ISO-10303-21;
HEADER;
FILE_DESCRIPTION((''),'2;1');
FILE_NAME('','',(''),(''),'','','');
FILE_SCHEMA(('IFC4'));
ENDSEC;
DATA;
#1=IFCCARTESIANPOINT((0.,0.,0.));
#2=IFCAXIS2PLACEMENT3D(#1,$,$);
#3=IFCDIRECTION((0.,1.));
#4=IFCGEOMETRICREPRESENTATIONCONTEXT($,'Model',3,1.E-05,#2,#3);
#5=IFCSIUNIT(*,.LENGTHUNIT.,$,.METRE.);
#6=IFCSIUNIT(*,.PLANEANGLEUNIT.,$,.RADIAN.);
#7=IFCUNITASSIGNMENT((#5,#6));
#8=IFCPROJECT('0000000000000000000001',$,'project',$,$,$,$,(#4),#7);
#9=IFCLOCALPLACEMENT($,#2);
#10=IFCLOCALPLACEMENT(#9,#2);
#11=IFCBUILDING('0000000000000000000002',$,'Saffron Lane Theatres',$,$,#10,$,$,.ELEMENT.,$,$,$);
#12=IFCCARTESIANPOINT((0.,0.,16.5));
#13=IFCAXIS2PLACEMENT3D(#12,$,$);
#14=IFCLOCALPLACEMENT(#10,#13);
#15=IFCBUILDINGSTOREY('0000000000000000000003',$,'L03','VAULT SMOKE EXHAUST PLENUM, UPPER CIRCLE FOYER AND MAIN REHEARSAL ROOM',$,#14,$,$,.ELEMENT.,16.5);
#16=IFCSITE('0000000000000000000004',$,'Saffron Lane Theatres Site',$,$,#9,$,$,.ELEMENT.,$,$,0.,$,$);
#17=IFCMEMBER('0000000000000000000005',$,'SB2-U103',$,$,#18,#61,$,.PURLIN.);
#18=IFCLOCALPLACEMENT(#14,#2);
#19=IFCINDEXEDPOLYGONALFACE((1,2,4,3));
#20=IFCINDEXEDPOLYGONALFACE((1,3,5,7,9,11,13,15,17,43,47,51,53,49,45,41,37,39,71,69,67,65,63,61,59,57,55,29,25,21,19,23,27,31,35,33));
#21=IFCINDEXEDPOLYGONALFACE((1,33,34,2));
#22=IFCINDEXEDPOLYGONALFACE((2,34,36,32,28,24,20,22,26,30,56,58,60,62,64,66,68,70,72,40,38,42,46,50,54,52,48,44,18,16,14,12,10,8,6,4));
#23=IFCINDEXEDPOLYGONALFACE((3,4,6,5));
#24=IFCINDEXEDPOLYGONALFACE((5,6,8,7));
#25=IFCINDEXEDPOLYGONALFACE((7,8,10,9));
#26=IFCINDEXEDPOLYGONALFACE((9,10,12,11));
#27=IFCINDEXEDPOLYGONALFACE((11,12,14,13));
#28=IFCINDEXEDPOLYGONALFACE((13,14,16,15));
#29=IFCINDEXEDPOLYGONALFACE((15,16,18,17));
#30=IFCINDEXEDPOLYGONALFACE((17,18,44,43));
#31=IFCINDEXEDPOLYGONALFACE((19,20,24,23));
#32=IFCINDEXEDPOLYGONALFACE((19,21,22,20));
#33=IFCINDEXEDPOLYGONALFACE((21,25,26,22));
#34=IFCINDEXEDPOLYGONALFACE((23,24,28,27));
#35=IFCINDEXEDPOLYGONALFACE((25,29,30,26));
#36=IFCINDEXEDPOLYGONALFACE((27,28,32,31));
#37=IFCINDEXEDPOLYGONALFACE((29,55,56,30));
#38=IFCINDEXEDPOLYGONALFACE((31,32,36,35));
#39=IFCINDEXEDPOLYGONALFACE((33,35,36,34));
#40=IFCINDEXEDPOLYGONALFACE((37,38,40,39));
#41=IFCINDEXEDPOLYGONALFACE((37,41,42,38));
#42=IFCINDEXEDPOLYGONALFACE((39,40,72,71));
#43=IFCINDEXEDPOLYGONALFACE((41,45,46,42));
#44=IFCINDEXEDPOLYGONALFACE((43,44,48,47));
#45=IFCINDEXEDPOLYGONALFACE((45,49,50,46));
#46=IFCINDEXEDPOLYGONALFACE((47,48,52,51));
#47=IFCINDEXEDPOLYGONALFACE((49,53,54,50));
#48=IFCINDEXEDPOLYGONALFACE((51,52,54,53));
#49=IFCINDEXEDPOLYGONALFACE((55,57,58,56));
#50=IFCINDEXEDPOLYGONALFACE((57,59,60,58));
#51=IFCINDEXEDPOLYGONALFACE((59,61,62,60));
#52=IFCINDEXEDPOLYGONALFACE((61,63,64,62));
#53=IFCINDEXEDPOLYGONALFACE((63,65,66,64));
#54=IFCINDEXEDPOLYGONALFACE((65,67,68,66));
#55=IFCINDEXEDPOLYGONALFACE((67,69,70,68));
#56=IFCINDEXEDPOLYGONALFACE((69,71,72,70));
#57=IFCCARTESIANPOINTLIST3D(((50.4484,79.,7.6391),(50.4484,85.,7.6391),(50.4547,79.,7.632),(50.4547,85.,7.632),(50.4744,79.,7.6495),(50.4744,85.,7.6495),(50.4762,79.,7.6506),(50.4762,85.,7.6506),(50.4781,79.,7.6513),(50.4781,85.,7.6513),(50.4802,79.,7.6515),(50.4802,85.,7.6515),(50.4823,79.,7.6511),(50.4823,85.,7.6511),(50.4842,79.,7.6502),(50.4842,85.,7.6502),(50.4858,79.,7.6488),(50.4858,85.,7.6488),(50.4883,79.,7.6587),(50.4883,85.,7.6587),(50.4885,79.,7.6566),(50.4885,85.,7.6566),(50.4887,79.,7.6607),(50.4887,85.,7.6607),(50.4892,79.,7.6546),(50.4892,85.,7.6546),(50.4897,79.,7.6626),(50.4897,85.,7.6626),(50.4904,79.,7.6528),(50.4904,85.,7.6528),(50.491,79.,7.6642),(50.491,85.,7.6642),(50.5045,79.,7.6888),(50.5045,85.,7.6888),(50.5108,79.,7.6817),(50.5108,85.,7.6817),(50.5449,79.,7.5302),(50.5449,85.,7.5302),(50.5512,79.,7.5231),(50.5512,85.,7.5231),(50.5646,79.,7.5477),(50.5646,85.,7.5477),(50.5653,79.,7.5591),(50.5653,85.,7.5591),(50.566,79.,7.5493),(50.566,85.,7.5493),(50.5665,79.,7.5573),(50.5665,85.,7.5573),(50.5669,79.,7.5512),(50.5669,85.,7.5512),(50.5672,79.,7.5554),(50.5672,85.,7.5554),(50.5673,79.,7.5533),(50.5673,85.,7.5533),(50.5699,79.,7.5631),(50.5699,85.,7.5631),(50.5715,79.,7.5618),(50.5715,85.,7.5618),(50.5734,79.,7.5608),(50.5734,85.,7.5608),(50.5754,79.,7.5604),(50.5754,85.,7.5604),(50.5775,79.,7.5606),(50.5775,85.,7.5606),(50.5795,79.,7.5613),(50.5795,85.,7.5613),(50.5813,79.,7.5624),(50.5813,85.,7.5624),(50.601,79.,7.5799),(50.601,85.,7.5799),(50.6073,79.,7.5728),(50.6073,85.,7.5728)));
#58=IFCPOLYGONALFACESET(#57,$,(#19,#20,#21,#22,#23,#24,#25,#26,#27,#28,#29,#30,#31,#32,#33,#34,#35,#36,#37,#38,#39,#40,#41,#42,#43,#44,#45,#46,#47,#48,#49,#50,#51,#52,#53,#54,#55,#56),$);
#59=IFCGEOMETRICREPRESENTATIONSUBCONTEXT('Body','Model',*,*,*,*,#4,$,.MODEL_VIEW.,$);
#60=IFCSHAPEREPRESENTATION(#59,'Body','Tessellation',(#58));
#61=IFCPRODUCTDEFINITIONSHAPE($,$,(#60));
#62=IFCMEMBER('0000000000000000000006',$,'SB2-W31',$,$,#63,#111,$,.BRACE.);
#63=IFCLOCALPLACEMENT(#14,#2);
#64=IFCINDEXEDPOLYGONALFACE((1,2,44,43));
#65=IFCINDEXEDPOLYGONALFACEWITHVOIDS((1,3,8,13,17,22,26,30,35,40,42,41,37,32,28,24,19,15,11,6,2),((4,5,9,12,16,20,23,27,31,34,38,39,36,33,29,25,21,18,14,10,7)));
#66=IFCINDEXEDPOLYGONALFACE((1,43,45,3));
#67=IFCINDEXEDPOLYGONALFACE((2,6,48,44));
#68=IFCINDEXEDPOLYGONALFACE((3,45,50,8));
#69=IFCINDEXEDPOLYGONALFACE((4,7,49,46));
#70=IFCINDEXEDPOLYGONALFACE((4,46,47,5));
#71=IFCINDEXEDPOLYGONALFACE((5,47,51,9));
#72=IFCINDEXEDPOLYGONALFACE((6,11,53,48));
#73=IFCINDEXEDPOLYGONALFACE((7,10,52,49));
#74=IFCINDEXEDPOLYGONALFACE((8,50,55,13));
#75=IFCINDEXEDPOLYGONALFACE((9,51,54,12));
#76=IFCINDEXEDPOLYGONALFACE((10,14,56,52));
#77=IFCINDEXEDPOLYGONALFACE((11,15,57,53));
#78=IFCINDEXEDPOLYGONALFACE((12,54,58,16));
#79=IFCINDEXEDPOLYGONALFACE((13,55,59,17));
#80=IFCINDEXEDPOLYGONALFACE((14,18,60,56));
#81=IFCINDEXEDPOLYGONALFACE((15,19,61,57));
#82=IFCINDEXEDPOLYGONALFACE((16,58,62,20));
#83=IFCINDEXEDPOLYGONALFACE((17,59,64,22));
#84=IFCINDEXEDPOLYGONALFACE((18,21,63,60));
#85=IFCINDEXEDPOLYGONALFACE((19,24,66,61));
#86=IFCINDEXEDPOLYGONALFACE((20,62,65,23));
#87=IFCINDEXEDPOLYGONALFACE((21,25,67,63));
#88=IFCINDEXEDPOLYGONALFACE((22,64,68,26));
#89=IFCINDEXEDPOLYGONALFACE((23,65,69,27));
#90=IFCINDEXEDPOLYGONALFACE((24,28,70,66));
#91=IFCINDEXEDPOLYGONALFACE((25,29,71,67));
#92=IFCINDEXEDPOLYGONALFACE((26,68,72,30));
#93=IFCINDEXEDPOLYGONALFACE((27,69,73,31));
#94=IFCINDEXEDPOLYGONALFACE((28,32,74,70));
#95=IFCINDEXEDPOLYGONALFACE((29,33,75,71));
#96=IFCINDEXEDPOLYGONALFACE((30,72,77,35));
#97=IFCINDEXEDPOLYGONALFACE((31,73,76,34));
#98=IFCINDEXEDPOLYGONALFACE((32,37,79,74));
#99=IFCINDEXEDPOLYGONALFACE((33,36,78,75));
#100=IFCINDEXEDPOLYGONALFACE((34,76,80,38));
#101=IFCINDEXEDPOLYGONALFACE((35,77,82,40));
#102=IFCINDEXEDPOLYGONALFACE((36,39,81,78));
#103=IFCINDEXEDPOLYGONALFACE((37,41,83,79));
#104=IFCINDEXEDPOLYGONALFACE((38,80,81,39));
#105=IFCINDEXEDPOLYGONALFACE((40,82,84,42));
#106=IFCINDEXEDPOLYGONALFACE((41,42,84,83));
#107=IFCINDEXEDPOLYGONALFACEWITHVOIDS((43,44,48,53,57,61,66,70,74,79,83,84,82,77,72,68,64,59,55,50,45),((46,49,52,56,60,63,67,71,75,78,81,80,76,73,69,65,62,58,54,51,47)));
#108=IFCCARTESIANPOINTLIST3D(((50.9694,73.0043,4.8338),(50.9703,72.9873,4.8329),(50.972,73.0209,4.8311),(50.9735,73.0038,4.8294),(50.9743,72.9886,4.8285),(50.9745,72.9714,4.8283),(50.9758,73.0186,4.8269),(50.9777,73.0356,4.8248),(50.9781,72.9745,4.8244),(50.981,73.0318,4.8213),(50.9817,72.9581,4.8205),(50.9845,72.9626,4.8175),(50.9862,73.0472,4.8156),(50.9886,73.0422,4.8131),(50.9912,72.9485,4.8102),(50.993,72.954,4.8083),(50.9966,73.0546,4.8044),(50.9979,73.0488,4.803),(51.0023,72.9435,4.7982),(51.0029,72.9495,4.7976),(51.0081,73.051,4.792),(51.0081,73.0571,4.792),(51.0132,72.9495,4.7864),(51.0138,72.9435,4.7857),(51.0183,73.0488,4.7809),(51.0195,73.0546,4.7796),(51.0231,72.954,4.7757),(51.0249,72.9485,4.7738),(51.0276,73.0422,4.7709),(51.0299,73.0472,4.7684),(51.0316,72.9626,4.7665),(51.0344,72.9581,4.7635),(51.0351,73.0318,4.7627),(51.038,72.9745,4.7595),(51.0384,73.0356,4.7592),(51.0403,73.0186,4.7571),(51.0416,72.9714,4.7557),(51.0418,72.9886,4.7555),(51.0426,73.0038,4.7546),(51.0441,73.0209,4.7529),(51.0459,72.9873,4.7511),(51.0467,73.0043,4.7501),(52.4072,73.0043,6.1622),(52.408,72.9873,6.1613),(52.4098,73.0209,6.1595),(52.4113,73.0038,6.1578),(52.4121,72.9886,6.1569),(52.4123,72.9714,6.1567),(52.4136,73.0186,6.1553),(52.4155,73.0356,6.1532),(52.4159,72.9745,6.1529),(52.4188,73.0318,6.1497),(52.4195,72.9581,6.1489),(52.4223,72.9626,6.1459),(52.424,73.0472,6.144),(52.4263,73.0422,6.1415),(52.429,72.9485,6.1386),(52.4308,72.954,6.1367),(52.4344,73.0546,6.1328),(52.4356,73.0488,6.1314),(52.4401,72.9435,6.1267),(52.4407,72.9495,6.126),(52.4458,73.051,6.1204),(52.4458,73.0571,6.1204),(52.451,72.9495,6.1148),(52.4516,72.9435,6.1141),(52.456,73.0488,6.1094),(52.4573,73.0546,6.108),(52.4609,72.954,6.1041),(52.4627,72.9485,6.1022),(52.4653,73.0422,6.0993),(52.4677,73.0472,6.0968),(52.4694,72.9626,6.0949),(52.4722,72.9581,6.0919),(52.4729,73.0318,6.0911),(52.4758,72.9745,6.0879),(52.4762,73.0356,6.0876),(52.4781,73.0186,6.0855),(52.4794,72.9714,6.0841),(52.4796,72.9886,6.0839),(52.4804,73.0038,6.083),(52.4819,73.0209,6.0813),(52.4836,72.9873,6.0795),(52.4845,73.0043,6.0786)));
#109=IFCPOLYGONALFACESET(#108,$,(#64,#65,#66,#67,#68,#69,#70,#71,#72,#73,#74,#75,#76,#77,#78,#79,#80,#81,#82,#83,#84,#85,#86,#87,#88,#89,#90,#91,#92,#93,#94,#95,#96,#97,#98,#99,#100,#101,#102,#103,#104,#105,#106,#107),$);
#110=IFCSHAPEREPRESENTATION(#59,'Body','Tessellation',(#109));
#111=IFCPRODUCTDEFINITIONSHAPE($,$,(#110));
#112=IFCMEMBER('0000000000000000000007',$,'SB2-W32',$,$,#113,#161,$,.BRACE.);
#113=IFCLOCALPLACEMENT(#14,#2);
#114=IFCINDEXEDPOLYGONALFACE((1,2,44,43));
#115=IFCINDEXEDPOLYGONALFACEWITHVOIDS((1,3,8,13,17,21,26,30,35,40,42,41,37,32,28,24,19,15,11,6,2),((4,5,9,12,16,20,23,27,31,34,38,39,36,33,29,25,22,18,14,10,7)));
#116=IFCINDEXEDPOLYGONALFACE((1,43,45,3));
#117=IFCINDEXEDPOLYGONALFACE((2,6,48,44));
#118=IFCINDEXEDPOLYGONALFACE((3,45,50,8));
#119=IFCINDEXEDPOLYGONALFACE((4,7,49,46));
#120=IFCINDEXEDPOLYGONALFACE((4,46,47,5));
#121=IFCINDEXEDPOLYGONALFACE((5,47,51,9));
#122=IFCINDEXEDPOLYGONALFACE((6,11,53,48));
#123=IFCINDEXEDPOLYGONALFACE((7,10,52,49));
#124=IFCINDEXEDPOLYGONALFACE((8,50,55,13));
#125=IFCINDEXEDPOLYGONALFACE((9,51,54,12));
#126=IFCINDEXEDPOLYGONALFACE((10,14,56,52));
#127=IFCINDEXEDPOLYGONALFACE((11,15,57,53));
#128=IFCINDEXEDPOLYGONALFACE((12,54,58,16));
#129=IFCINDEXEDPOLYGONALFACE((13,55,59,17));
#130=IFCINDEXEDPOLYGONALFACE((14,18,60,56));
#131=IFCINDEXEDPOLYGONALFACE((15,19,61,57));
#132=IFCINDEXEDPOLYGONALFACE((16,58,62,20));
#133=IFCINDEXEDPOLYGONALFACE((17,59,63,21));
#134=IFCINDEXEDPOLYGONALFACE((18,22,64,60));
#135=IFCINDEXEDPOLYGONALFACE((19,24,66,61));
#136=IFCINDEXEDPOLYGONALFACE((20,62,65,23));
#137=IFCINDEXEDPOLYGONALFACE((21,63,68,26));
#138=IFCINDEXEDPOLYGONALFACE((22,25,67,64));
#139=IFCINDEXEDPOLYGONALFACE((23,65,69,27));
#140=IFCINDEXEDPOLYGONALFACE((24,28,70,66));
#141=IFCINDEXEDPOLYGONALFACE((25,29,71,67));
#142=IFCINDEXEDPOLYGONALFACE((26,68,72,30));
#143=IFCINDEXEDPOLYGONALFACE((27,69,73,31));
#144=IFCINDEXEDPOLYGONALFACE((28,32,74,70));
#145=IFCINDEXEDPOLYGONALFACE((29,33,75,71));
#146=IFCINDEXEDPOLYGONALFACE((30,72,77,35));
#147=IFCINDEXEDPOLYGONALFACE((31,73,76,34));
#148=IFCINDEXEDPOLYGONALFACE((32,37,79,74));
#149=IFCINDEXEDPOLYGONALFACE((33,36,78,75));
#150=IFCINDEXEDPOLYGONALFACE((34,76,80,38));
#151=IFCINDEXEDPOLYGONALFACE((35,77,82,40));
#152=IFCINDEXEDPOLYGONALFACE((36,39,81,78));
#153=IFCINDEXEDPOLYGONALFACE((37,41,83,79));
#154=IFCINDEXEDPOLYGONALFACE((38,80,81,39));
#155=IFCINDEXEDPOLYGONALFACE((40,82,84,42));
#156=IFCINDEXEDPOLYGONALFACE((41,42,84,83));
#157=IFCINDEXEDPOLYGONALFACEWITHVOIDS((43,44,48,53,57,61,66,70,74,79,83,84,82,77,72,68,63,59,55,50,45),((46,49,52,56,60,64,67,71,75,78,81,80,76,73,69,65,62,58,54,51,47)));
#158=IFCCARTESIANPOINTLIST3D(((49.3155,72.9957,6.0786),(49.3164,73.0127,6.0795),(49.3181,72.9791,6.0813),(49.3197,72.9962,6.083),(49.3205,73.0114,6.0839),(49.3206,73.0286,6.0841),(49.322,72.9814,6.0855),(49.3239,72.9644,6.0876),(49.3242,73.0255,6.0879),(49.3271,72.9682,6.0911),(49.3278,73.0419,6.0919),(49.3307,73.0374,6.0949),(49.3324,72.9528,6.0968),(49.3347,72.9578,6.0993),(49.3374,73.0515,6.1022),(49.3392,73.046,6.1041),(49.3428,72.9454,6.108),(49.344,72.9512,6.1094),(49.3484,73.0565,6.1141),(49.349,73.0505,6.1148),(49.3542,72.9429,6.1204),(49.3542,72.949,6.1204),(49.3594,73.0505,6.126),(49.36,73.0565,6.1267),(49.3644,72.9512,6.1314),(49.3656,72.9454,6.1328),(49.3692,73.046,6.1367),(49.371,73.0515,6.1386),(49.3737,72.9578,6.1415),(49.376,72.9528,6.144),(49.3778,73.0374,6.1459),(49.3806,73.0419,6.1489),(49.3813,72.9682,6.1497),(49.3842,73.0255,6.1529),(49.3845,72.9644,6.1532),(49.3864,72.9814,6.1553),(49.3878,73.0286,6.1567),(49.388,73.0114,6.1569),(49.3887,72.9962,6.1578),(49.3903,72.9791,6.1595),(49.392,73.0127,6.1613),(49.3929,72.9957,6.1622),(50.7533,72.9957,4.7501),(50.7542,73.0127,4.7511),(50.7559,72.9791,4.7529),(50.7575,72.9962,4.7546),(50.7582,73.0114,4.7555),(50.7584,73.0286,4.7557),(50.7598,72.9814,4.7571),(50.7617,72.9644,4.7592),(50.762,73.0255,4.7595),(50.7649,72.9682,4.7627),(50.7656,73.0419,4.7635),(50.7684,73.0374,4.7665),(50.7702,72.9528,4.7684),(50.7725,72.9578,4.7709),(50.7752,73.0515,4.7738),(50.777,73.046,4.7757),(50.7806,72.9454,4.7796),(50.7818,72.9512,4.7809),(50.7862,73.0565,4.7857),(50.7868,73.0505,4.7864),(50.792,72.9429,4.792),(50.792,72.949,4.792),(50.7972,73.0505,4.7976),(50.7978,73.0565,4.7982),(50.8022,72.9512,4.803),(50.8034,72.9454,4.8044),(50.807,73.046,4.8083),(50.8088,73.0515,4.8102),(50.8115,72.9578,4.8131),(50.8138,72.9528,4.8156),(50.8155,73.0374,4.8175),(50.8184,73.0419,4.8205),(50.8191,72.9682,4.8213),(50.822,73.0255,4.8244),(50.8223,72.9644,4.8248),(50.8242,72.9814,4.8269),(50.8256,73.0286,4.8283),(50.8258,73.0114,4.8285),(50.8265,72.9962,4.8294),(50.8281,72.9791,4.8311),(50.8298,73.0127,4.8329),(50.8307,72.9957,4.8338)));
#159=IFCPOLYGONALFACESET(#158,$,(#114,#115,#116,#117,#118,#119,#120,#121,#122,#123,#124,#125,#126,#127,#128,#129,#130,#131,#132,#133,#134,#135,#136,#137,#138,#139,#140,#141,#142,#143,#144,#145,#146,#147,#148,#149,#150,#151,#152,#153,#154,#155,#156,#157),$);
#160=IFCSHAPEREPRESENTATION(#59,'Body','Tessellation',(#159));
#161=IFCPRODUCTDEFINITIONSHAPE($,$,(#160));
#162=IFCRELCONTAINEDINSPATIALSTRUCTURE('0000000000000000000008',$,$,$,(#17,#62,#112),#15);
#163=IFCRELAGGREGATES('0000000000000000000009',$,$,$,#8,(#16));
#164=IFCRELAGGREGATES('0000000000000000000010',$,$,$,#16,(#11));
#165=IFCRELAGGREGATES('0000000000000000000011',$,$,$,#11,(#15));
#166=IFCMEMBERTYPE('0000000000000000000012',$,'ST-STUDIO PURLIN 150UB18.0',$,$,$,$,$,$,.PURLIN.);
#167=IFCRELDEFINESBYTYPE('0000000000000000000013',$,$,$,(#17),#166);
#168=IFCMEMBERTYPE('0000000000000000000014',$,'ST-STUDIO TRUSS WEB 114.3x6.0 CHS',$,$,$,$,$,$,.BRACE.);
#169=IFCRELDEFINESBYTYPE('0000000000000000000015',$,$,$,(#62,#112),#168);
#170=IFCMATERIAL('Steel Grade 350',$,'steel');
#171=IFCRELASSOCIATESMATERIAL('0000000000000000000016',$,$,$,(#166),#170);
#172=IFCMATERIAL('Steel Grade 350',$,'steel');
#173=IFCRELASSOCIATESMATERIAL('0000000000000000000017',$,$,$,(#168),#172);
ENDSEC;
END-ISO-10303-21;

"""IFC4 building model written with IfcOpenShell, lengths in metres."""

from ifc_helpers import new_model, si_unit, direction, frame, origin, origin_2d, place, context, subcontext, project, spatial, hollow_circle, i_section, extrude, material, material_profile, profile_set, type_object, element, save


model = new_model("IFC4")

# Units and contexts
model_context = context("Model", 3, precision=1e-05, world=origin(), true_north=direction((0.0, 1.0)))
body_context = subcontext(model_context, "Body", "Model", "MODEL_VIEW")
ifc_project = project(units=[si_unit("LENGTHUNIT", "METRE"), si_unit("PLANEANGLEUNIT", "RADIAN")], contexts=[model_context])

# Site, building, storey
site_placement = place(None, origin())
site = spatial("IfcSite", under=ifc_project, at=site_placement, Name="Saffron Lane Theatres Site", CompositionType="ELEMENT", RefElevation=0.0)
building_placement = place(site_placement, origin())
building = spatial("IfcBuilding", under=site, at=building_placement, Name="Saffron Lane Theatres", CompositionType="ELEMENT")
storey_placement = place(building_placement, frame((0.0, 0.0, 16.5)))
storey = spatial("IfcBuildingStorey", under=building, at=storey_placement, Name="L03", Description="VAULT SMOKE EXHAUST PLENUM, UPPER CIRCLE FOYER AND MAIN REHEARSAL ROOM", CompositionType="ELEMENT", Elevation=16.5)

# Members
ifc_material_1 = material(Name="Steel Grade 350", Category="steel")
ifc_material_profile_1 = material_profile(ifc_material_1, i_section(OverallWidth=0.075, OverallDepth=0.155, WebThickness=0.0061, FlangeThickness=0.0095, FilletRadius=0.0081, at=origin_2d()))
ifc_profile_set_1 = profile_set([ifc_material_profile_1], Name="Steel Grade 350")
member_type_1 = type_object("IfcMemberType", Name="ST-STUDIO PURLIN 150UB18.0", PredefinedType="PURLIN", material=ifc_profile_set_1)
for number, where, z_axis, x_axis, name in (
    (1, (50.5278, 79.0, 7.606), (0.0, 1.0, 0.0), (-0.748269, 0.0, -0.663396), "SB2-U103"),
):
    element("IfcMember", number, at=place(storey_placement, frame(where, z_axis=z_axis, x_axis=x_axis)), inside=storey, type_object=member_type_1, Name=name, PredefinedType="PURLIN", context=body_context, shape_type="SweptSolid", body=[
        extrude(i_section(OverallWidth=0.075, OverallDepth=0.155, WebThickness=0.0061, FlangeThickness=0.0095, FilletRadius=0.0081, at=origin_2d()), origin(), (0.0, 0.0, 1.0), 6.0),
    ])
ifc_material_2 = material(Name="Steel Grade 350", Category="steel")
ifc_material_profile_2 = material_profile(ifc_material_2, hollow_circle(Radius=0.0571, WallThickness=0.0061, at=origin_2d()))
ifc_profile_set_2 = profile_set([ifc_material_profile_2], Name="Steel Grade 350")
member_type_2 = type_object("IfcMemberType", Name="ST-STUDIO TRUSS WEB 114.3x6.0 CHS", PredefinedType="BRACE", material=ifc_profile_set_2)
for number, where, z_axis, x_axis, name in (
    (2, (51.0081, 73.0, 4.792), (0.734493, 0.0, 0.678617), (0.0, 1.0, 0.0), "SB2-W31"),
    (3, (50.792, 73.0, 4.792), (-0.734493, 0.0, 0.678617), (0.0, -1.0, 0.0), "SB2-W32"),
):
    element("IfcMember", number, at=place(storey_placement, frame(where, z_axis=z_axis, x_axis=x_axis)), inside=storey, type_object=member_type_2, Name=name, PredefinedType="BRACE", context=body_context, shape_type="SweptSolid", body=[
        extrude(hollow_circle(Radius=0.0571, WallThickness=0.0061, at=origin_2d()), origin(), (0.0, 0.0, 1.0), 1.9575),
    ])

save(model, "model.ifc")
